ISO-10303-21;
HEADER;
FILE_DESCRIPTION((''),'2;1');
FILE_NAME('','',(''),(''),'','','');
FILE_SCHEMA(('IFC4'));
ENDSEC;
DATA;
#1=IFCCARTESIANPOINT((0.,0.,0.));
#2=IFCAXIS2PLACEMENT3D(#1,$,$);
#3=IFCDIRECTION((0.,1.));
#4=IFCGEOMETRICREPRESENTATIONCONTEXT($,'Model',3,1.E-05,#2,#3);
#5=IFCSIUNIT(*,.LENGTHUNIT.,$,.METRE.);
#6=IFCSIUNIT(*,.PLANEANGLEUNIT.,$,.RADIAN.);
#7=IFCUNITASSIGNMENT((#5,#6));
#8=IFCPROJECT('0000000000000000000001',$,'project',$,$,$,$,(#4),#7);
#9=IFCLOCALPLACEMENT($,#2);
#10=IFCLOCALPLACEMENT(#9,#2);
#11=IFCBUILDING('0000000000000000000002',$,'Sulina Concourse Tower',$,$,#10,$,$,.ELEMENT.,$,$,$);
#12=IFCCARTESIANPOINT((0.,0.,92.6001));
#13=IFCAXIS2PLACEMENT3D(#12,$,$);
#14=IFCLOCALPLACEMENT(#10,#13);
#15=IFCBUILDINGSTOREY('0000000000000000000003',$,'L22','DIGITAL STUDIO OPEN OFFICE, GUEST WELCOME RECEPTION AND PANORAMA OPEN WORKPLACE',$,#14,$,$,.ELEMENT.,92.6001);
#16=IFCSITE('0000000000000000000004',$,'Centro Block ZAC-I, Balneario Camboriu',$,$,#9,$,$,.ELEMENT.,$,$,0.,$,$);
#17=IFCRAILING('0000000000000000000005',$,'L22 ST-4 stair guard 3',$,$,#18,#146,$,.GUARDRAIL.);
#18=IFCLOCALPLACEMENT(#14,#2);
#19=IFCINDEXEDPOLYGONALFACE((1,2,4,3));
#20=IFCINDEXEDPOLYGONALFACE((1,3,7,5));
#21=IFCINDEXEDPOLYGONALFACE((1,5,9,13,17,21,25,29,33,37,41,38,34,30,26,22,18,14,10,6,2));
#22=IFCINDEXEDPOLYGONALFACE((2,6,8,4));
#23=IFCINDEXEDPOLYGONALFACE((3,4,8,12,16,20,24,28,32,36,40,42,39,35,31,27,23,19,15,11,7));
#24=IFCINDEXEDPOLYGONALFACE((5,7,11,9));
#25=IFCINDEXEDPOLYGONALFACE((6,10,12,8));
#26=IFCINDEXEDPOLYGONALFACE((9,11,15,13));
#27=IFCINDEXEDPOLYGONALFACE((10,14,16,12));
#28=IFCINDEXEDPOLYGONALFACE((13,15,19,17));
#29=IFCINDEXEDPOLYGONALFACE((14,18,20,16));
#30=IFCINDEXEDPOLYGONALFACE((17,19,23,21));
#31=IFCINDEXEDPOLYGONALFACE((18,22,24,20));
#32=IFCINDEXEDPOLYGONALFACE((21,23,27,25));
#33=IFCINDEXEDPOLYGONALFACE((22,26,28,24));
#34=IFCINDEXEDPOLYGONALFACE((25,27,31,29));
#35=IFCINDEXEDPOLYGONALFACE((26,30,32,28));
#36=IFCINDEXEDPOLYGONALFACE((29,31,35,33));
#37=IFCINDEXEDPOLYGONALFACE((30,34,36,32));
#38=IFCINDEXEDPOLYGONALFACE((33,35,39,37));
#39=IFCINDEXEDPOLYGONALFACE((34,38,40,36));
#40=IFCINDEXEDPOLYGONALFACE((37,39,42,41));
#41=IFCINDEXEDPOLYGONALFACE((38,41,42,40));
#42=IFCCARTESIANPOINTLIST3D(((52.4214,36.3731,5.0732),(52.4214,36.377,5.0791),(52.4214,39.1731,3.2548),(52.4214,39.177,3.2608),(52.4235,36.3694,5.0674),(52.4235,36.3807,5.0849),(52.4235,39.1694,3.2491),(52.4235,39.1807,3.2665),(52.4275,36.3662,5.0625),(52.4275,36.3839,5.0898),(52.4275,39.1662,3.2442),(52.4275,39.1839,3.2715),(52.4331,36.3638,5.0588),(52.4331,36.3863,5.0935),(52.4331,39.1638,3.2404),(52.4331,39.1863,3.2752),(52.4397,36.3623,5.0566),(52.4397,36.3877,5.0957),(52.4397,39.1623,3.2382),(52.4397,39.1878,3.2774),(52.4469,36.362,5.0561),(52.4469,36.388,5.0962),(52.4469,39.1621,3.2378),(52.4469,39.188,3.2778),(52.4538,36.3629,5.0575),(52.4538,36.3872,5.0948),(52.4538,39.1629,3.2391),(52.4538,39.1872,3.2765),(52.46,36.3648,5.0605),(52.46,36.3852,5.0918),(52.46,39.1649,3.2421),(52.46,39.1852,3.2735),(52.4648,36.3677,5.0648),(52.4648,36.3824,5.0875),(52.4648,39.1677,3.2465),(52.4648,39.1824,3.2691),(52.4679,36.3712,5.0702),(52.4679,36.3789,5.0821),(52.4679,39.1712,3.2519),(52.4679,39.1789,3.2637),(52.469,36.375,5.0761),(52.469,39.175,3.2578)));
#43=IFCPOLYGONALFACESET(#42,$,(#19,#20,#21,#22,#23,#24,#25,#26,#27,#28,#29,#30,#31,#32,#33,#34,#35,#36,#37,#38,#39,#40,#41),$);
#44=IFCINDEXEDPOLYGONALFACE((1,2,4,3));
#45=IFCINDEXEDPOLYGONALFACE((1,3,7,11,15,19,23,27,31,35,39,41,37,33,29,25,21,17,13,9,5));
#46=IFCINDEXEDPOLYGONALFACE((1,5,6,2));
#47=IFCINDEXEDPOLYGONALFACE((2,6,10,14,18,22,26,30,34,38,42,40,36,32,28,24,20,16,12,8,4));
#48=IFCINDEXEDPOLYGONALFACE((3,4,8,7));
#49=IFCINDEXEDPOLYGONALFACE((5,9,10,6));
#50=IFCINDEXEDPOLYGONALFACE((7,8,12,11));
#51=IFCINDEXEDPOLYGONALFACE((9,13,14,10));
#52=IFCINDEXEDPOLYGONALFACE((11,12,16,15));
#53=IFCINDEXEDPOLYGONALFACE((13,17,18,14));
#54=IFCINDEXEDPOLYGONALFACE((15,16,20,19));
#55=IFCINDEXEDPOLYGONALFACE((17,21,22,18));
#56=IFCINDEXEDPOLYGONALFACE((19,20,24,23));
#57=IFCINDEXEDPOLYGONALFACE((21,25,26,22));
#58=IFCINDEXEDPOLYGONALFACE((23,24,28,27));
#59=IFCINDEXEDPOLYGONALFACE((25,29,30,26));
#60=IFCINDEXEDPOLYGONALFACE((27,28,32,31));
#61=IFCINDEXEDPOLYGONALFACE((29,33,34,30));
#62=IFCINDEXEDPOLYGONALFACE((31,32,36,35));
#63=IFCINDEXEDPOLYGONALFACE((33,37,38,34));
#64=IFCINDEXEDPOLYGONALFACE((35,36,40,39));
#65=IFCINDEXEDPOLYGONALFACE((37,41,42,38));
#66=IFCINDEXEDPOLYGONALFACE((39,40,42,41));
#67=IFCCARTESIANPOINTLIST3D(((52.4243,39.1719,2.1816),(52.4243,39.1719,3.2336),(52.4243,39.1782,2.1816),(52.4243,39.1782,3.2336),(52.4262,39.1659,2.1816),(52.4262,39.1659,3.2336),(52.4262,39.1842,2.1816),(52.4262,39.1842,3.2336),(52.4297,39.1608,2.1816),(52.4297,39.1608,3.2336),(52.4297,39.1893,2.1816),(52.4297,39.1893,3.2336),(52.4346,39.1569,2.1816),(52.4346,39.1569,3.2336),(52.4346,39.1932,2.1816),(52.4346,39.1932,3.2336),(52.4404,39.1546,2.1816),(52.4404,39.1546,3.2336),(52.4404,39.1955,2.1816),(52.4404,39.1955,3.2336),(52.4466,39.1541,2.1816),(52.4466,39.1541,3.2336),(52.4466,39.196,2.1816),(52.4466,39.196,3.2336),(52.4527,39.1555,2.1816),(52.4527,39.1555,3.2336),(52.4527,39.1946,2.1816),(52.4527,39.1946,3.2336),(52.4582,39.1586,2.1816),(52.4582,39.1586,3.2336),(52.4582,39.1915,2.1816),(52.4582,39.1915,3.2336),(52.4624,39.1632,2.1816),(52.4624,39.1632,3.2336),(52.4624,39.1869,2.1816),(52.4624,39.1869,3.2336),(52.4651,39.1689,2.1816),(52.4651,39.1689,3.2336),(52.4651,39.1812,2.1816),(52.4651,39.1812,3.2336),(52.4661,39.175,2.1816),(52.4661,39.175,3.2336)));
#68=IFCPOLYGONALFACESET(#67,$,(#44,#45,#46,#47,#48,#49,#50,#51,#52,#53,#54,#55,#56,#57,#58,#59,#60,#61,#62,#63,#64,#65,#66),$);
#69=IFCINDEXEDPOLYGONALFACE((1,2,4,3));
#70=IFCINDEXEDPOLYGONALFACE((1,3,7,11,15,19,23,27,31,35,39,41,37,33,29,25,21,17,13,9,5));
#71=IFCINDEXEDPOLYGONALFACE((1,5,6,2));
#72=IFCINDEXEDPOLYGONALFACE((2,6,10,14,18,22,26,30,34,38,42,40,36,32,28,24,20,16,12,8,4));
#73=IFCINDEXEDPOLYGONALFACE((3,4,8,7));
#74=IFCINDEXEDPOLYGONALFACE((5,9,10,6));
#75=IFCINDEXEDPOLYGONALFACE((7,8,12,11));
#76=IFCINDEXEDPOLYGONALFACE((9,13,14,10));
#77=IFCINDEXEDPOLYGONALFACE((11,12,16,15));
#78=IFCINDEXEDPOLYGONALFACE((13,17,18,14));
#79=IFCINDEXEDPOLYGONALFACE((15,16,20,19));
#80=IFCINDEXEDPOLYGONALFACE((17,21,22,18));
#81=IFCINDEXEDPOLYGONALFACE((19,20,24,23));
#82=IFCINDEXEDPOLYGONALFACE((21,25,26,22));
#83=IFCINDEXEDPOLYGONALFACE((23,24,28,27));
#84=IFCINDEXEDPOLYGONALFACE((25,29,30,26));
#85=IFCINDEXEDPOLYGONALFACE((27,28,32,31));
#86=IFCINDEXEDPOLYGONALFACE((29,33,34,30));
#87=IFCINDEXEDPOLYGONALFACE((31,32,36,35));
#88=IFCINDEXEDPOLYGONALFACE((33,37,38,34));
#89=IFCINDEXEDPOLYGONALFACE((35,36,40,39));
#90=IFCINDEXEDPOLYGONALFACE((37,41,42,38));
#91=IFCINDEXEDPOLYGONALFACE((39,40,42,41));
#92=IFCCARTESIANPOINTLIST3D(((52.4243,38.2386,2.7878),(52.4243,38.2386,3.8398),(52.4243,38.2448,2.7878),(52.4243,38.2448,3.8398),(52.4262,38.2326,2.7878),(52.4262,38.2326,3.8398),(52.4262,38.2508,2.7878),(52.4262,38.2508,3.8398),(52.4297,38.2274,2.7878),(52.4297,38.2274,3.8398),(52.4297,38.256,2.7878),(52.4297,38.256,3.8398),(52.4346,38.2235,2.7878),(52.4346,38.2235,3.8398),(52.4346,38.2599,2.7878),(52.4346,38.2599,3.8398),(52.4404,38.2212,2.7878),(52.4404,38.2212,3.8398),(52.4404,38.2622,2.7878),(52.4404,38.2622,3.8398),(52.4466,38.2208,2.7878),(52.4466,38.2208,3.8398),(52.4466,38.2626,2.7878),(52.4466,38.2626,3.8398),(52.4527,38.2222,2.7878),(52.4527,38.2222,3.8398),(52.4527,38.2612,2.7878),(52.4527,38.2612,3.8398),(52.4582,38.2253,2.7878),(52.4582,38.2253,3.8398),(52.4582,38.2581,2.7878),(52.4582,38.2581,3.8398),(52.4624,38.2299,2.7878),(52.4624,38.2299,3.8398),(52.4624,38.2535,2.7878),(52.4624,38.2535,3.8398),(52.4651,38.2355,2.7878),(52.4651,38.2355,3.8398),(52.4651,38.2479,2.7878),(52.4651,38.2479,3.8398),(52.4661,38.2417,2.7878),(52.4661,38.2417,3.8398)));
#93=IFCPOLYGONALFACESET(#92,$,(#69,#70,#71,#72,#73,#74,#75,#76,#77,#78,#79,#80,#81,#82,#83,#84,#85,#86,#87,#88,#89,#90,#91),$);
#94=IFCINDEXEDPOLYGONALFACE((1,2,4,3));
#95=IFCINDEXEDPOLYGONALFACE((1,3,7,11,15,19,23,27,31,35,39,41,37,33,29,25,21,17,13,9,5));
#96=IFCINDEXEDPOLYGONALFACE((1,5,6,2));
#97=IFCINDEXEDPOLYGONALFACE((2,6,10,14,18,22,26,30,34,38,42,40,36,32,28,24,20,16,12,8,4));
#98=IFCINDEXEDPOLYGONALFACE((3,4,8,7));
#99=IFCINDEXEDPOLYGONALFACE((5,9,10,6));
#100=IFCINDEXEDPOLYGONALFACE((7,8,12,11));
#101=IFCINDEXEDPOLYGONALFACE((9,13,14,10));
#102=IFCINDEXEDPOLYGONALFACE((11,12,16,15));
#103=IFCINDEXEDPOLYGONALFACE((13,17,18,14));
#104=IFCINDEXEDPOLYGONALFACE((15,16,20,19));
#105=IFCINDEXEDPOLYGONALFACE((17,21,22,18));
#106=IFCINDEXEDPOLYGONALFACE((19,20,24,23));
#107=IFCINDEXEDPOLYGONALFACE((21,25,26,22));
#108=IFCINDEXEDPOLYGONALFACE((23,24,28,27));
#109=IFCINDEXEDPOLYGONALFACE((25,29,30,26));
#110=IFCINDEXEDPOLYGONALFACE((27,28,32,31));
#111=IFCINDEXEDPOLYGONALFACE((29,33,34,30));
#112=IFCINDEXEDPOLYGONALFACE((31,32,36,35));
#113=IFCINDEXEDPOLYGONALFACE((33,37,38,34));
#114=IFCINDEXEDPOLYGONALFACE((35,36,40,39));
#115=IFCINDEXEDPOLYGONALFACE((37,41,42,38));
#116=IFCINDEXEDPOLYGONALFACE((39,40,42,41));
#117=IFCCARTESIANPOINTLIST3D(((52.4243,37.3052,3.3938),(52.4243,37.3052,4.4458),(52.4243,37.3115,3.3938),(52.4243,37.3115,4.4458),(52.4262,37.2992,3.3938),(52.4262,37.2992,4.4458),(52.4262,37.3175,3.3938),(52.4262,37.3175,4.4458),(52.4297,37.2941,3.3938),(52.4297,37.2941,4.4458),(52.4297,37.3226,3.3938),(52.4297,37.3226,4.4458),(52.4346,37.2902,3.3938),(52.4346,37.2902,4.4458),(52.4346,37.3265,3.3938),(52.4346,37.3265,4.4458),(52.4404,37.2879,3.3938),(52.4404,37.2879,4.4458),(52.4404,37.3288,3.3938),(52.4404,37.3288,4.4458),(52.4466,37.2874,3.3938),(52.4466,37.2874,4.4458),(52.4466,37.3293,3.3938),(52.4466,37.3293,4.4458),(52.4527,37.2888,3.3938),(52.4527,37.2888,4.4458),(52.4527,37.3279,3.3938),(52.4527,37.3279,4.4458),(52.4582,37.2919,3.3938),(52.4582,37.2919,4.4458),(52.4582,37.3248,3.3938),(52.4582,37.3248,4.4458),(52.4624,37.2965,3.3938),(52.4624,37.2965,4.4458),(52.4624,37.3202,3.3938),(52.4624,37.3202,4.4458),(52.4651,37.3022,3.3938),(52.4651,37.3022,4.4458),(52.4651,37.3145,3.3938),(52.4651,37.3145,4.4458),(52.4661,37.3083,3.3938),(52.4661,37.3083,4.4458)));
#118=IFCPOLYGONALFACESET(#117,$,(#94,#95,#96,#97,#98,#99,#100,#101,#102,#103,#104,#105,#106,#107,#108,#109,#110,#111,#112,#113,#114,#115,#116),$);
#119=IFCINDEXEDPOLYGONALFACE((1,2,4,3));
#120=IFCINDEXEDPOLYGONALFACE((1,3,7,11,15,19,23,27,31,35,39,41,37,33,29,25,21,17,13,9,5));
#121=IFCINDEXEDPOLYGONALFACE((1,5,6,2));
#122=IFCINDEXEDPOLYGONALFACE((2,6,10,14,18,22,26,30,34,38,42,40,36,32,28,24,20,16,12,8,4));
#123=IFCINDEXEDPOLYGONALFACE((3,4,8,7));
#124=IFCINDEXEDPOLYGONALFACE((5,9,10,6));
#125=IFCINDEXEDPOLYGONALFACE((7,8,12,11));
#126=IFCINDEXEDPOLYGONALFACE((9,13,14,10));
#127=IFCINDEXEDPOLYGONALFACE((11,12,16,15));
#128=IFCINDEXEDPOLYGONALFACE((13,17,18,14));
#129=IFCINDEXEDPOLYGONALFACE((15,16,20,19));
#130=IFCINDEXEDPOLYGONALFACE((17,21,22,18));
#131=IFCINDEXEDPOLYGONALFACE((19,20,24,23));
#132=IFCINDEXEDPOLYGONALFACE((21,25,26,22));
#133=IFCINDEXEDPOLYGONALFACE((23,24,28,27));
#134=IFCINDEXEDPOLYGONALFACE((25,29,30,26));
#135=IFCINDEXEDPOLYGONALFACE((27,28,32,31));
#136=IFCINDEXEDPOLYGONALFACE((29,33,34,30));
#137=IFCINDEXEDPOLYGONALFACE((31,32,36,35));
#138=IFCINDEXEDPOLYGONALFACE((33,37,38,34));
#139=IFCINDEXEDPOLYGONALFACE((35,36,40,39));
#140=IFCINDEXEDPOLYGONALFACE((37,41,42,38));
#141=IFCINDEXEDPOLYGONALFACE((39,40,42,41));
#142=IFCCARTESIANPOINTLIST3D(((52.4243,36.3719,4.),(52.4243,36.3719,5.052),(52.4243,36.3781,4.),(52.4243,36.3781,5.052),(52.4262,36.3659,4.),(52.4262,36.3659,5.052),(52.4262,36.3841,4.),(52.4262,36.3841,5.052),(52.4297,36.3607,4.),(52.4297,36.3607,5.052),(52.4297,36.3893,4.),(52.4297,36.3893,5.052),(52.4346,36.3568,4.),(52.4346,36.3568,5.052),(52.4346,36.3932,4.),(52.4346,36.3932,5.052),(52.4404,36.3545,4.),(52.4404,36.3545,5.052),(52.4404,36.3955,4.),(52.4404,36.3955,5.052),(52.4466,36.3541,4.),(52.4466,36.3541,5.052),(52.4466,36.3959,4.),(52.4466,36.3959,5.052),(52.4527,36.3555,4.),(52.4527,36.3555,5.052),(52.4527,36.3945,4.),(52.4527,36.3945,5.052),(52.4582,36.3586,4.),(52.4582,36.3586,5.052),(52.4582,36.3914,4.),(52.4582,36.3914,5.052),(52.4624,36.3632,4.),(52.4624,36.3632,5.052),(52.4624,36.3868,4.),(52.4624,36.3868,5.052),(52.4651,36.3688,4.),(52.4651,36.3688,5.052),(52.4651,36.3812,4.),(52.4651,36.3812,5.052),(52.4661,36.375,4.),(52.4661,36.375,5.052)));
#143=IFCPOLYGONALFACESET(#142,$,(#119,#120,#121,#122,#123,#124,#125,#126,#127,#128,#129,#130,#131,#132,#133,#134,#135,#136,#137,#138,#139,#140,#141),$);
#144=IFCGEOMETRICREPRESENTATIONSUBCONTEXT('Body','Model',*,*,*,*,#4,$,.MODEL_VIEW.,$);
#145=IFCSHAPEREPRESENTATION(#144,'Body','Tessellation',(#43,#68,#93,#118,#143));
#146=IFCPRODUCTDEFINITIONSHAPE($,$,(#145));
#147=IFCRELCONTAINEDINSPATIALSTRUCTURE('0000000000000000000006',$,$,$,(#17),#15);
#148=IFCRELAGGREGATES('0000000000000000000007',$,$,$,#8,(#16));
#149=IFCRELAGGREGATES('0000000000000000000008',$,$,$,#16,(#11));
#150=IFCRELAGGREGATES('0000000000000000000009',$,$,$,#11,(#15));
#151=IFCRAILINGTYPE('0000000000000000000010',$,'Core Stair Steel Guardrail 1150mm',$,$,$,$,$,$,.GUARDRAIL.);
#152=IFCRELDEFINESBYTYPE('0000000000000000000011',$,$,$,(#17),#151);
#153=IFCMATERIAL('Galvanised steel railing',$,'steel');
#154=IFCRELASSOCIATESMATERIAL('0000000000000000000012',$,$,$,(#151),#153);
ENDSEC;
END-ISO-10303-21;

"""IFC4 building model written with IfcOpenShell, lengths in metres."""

from ifc_helpers import new_model, si_unit, direction, frame, origin, origin_2d, place, context, subcontext, project, spatial, circle, extrude, material, type_object, element, save


model = new_model("IFC4")

# Units and contexts
model_context = context("Model", 3, precision=1e-05, world=origin(), true_north=direction((0.0, 1.0)))
body_context = subcontext(model_context, "Body", "Model", "MODEL_VIEW")
ifc_project = project(units=[si_unit("LENGTHUNIT", "METRE"), si_unit("PLANEANGLEUNIT", "RADIAN")], contexts=[model_context])

# Site, building, storey
site_placement = place(None, origin())
site = spatial("IfcSite", under=ifc_project, at=site_placement, Name="Centro Block ZAC-I, Balneario Camboriu", CompositionType="ELEMENT", RefElevation=0.0)
building_placement = place(site_placement, origin())
building = spatial("IfcBuilding", under=site, at=building_placement, Name="Sulina Concourse Tower", CompositionType="ELEMENT")
storey_placement = place(building_placement, frame((0.0, 0.0, 92.6001)))
storey = spatial("IfcBuildingStorey", under=building, at=storey_placement, Name="L22", Description="DIGITAL STUDIO OPEN OFFICE, GUEST WELCOME RECEPTION AND PANORAMA OPEN WORKPLACE", CompositionType="ELEMENT", Elevation=92.6001)

# Railing
ifc_material_1 = material(Name="Galvanised steel railing", Category="steel")
railing_type_1 = type_object("IfcRailingType", Name="Core Stair Steel Guardrail 1150mm", PredefinedType="GUARDRAIL", material=ifc_material_1)
railing_1_placement = place(storey_placement, frame((52.4451, 39.175, 2.1816)))
element("IfcRailing", 1, at=railing_1_placement, inside=storey, type_object=railing_type_1, Name="L22 ST-4 stair guard 3", PredefinedType="GUARDRAIL", context=body_context, shape_type="SweptSolid", body=[
    extrude(circle(Radius=0.0239, at=origin_2d()), frame((0.0, 0.0, 1.0762), z_axis=(0.0, -0.838672, 0.544636), x_axis=(1.0, 0.0, 0.0)), (0.0, 0.0, 1.0), 3.3386),
    extrude(circle(Radius=0.021, at=origin_2d()), origin(), (0.0, 0.0, 1.0), 1.052),
    extrude(circle(Radius=0.021, at=origin_2d()), frame((0.0, -0.9333, 0.6062)), (0.0, 0.0, 1.0), 1.052),
    extrude(circle(Radius=0.021, at=origin_2d()), frame((0.0, -1.8667, 1.2122)), (0.0, 0.0, 1.0), 1.052),
    extrude(circle(Radius=0.021, at=origin_2d()), frame((0.0, -2.8, 1.8184)), (0.0, 0.0, 1.0), 1.052),
])

save(model, "model.ifc")
